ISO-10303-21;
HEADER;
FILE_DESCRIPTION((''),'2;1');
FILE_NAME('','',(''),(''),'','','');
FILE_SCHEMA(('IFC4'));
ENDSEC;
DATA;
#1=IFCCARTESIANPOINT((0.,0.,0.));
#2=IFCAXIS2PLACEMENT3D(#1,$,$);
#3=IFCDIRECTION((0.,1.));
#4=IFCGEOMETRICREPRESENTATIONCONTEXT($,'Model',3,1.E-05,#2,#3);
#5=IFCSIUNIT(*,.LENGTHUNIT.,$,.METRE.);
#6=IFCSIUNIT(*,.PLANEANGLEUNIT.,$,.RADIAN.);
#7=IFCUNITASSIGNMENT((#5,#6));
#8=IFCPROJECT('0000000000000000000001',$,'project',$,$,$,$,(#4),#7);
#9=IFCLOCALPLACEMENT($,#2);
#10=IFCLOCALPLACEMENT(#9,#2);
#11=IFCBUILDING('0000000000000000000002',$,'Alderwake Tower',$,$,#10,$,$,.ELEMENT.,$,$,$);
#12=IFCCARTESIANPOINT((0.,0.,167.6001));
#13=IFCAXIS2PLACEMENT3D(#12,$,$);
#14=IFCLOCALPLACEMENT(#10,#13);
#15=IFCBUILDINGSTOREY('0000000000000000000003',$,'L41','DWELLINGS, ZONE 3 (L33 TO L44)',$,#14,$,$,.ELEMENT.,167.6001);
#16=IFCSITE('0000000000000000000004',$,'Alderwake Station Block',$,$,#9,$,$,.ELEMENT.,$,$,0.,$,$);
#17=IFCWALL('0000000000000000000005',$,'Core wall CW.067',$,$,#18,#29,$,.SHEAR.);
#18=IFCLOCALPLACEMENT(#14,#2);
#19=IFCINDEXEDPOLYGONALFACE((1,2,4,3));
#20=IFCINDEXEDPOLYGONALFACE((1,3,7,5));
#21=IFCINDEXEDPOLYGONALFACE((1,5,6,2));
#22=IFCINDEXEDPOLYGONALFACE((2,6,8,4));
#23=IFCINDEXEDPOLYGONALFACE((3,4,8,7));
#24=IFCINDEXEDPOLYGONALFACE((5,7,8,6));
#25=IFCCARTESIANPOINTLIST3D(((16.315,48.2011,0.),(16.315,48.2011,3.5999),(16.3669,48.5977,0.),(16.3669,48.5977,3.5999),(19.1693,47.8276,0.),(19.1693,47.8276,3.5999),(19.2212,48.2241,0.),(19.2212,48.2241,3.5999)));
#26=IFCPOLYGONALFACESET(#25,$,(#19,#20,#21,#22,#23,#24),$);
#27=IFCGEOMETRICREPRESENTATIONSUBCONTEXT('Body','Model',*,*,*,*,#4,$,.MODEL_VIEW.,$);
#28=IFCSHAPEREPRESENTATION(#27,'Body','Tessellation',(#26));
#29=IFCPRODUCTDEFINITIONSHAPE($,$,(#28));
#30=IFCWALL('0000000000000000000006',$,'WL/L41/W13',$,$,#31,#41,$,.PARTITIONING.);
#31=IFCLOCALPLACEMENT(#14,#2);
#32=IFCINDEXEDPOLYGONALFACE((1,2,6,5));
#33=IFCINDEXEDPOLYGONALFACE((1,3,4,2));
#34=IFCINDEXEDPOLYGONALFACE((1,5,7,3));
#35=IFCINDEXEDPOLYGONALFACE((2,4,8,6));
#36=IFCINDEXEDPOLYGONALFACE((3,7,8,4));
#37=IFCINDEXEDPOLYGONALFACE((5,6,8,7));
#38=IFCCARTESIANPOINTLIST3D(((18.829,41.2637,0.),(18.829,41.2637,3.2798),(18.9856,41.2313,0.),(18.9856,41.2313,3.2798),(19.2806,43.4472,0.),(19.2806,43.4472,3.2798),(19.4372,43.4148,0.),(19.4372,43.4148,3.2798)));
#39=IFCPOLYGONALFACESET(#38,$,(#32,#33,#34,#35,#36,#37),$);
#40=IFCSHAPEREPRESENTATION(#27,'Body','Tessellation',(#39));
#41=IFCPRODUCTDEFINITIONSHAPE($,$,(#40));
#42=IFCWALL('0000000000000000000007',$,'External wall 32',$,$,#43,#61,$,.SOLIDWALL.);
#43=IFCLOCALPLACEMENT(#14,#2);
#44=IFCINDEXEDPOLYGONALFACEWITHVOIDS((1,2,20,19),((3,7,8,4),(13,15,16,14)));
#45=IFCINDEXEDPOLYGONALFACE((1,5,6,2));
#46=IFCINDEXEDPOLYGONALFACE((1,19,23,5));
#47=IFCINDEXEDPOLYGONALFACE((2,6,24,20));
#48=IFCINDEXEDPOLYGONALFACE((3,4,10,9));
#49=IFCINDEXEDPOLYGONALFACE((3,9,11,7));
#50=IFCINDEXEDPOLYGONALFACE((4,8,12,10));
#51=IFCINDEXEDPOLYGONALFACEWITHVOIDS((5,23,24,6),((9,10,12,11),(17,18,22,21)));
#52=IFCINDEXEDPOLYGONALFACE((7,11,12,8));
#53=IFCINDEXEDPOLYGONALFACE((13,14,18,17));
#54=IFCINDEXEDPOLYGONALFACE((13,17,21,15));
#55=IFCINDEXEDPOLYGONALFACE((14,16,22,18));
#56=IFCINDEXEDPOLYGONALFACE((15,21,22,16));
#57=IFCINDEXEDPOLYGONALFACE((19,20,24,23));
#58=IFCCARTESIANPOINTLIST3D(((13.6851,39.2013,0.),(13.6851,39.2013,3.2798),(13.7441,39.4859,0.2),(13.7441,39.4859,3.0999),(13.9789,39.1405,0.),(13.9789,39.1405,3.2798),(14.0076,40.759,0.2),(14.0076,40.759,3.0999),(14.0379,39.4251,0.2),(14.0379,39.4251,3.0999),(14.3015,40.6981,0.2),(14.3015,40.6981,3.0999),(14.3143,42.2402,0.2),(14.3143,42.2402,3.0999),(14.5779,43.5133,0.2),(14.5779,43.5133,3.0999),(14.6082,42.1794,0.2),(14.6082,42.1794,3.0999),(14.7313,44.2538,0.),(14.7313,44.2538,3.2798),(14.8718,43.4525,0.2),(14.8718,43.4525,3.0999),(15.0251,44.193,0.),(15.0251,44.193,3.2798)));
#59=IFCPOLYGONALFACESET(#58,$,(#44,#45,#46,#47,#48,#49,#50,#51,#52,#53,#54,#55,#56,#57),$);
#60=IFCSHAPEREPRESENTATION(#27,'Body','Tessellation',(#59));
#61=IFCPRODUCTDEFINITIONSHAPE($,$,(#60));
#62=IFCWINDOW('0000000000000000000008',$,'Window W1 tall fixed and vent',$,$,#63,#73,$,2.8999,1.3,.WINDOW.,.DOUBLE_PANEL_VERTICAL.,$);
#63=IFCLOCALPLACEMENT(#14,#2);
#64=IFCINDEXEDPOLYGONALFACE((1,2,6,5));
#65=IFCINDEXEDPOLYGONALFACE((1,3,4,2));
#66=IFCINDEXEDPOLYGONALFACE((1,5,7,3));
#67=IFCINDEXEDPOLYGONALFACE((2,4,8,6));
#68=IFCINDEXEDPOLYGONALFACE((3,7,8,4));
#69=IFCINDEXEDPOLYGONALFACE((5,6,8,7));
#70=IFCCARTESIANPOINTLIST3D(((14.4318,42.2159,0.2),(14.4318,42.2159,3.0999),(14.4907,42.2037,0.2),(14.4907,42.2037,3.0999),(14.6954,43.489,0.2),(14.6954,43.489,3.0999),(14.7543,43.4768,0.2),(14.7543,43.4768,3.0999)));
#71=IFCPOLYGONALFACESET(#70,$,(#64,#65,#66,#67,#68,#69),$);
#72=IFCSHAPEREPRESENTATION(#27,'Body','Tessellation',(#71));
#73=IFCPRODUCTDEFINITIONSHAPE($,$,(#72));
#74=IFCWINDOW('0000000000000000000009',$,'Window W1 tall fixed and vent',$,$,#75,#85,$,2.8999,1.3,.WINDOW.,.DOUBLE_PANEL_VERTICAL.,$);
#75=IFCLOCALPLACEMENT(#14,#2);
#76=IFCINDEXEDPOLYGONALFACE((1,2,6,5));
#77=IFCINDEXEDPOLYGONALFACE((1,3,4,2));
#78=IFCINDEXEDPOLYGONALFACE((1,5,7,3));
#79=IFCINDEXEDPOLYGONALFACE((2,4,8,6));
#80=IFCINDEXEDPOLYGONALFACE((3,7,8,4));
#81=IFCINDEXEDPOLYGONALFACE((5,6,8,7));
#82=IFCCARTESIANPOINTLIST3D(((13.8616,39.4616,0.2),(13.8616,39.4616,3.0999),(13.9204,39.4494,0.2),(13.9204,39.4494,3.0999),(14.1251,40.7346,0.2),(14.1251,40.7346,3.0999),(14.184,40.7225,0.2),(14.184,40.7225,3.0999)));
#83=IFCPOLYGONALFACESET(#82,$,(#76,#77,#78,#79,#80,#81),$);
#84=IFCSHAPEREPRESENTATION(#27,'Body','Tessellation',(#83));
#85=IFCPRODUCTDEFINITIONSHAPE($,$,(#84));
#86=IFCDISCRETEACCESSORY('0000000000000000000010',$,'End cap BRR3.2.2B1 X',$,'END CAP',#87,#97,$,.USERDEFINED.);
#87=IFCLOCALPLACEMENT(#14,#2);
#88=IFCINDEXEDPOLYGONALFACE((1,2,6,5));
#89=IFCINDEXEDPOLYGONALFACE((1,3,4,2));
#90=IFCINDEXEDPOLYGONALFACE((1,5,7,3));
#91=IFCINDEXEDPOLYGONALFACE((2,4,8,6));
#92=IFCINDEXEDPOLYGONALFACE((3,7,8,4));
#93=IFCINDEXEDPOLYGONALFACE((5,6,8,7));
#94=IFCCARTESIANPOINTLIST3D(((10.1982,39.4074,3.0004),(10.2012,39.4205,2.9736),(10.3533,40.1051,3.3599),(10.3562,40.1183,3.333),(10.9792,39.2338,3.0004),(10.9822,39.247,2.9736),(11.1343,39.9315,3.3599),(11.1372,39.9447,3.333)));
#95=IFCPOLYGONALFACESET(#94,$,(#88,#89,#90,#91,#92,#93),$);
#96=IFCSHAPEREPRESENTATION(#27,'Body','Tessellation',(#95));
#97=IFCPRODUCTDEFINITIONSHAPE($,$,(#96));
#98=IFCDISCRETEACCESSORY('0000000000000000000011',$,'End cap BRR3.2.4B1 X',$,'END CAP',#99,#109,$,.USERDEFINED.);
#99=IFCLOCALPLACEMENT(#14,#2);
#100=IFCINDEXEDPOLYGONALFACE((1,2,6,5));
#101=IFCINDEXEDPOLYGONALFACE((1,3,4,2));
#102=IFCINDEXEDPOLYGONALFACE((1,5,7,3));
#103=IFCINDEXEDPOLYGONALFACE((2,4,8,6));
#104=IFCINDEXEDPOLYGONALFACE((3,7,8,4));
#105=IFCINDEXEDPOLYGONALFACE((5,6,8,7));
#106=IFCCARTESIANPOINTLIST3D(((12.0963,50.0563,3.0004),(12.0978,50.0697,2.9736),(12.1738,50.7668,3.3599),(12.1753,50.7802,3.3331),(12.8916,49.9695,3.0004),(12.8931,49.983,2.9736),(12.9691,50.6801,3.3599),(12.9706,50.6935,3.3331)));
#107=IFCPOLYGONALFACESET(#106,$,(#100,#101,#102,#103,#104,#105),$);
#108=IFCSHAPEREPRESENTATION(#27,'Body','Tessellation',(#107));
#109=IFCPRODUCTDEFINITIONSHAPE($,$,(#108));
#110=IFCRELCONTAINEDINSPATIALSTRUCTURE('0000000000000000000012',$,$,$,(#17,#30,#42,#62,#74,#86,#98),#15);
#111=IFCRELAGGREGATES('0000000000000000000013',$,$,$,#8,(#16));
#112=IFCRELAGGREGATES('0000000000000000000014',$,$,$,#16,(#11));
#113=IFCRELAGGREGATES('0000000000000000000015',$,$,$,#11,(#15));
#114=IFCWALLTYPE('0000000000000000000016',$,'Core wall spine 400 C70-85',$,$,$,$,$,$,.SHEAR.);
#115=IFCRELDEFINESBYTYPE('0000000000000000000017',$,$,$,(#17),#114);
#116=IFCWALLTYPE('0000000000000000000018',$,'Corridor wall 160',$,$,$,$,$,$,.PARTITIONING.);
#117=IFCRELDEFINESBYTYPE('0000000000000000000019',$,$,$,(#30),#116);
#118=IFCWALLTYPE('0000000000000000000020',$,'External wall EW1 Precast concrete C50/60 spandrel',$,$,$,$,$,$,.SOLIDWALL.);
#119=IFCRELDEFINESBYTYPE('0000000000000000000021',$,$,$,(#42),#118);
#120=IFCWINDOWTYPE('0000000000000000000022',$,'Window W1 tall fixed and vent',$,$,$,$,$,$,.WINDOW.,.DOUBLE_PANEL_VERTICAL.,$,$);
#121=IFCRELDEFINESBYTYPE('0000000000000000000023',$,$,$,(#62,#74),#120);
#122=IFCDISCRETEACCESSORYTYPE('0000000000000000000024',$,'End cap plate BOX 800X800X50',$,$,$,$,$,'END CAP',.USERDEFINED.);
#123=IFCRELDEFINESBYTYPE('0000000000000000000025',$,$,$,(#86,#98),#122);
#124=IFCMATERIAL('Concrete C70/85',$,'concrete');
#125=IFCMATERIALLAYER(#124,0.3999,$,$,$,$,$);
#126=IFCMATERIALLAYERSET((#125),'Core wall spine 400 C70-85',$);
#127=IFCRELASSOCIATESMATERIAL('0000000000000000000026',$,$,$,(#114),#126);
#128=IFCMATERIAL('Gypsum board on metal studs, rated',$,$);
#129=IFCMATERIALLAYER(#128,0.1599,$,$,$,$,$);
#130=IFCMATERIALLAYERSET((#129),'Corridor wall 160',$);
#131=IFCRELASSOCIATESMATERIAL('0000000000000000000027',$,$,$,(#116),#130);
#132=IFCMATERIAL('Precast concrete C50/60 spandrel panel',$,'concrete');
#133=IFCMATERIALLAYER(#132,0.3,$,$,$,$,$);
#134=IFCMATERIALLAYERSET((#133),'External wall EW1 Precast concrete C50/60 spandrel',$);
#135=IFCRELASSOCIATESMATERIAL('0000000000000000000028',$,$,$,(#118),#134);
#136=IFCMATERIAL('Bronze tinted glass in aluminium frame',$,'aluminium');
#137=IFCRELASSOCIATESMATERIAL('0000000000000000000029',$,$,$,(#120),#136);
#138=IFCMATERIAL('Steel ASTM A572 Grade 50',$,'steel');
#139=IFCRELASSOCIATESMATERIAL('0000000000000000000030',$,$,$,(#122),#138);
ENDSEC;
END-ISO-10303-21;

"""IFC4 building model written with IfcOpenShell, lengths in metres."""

from ifc_helpers import new_model, si_unit, direction, frame, frame_2d, origin, origin_2d, place, context, subcontext, project, spatial, rectangle, extrude, material, layer, layer_set, material_profile, profile_set, type_object, element, fill, save


model = new_model("IFC4")

# Units and contexts
model_context = context("Model", 3, precision=1e-05, world=origin(), true_north=direction((0.0, 1.0)))
body_context = subcontext(model_context, "Body", "Model", "MODEL_VIEW")
ifc_project = project(units=[si_unit("LENGTHUNIT", "METRE"), si_unit("PLANEANGLEUNIT", "RADIAN")], contexts=[model_context])

# Site, building, storey
site_placement = place(None, origin())
site = spatial("IfcSite", under=ifc_project, at=site_placement, Name="Alderwake Station Block", CompositionType="ELEMENT", RefElevation=0.0)
building_placement = place(site_placement, origin())
building = spatial("IfcBuilding", under=site, at=building_placement, Name="Alderwake Tower", CompositionType="ELEMENT")
storey_placement = place(building_placement, frame((0.0, 0.0, 167.6001)))
storey = spatial("IfcBuildingStorey", under=building, at=storey_placement, Name="L41", Description="DWELLINGS, ZONE 3 (L33 TO L44)", CompositionType="ELEMENT", Elevation=167.6001)

# Shared definitions
ifc_material_1 = material(Name="Concrete C70/85", Category="concrete")
ifc_layer_1 = layer(ifc_material_1, 0.3999)
ifc_layer_set_1 = layer_set([ifc_layer_1], Name="Core wall spine 400 C70-85")
wall_type_1 = type_object("IfcWallType", Name="Core wall spine 400 C70-85", PredefinedType="SHEAR", material=ifc_layer_set_1)

# Walls
wall_1_placement = place(storey_placement, frame((16.3408, 48.3994, 0.0), z_axis=(0.0, 0.0, 1.0), x_axis=(0.991545, -0.129763, 0.0)))
element("IfcWall", 1, at=wall_1_placement, inside=storey, type_object=wall_type_1, Name="Core wall CW.067", PredefinedType="SHEAR", context=body_context, shape_type="SweptSolid", body=[
    extrude(rectangle(XDim=2.8787, YDim=0.3999, at=frame_2d((1.4395, 0.0))), origin(), (0.0, 0.0, 1.0), 3.5999),
])
ifc_material_2 = material(Name="Gypsum board on metal studs, rated")
ifc_layer_2 = layer(ifc_material_2, 0.1599)
ifc_layer_set_2 = layer_set([ifc_layer_2], Name="Corridor wall 160")
wall_type_2 = type_object("IfcWallType", Name="Corridor wall 160", PredefinedType="PARTITIONING", material=ifc_layer_set_2)
wall_2_placement = place(storey_placement, frame((19.3589, 43.4309, 0.0), z_axis=(0.0, 0.0, 1.0), x_axis=(-0.202555, -0.979271, 0.0)))
element("IfcWall", 2, at=wall_2_placement, inside=storey, type_object=wall_type_2, Name="WL/L41/W13", PredefinedType="PARTITIONING", context=body_context, shape_type="SweptSolid", body=[
    extrude(rectangle(XDim=2.2297, YDim=0.1599, at=frame_2d((1.1147, 0.0))), origin(), (0.0, 0.0, 1.0), 3.2798),
])

# Wall, openings, windows
ifc_material_3 = material(Name="Precast concrete C50/60 spandrel panel", Category="concrete")
ifc_layer_3 = layer(ifc_material_3, 0.3)
ifc_layer_set_3 = layer_set([ifc_layer_3], Name="External wall EW1 Precast concrete C50/60 spandrel")
wall_type_3 = type_object("IfcWallType", Name="External wall EW1 Precast concrete C50/60 spandrel", PredefinedType="SOLIDWALL", material=ifc_layer_set_3)
wall_3_placement = place(storey_placement, frame((14.8782, 44.2234, 0.0), z_axis=(0.0, 0.0, 1.0), x_axis=(-0.202754, -0.97923, 0.0)))
wall_3 = element("IfcWall", 3, at=wall_3_placement, inside=storey, type_object=wall_type_3, Name="External wall 32", PredefinedType="SOLIDWALL", context=body_context, shape_type="SweptSolid", body=[
    extrude(rectangle(XDim=5.1597, YDim=0.3, at=frame_2d((2.5798, 0.0))), origin(), (0.0, 0.0, 1.0), 3.2798),
])
opening_1_placement = place(wall_3_placement, frame((0.7563, 0.0, 0.2)))
opening_1 = element("IfcOpeningElement", 4, at=opening_1_placement, cuts=wall_3, PredefinedType="OPENING", context=body_context, shape_type="SweptSolid", body=[
    extrude(rectangle(XDim=1.3, YDim=2.8999, at=frame_2d((0.6499, 1.45))), frame((0.0, 0.1599, 0.0), z_axis=(0.0, -1.0, 0.0), x_axis=(1.0, 0.0, 0.0)), (0.0, 0.0, 1.0), 0.3201),
])
opening_2_placement = place(wall_3_placement, frame((3.5691, 0.0, 0.2)))
opening_2 = element("IfcOpeningElement", 5, at=opening_2_placement, cuts=wall_3, PredefinedType="OPENING", context=body_context, shape_type="SweptSolid", body=[
    extrude(rectangle(XDim=1.3, YDim=2.8999, at=frame_2d((0.6499, 1.45))), frame((0.0, 0.1599, 0.0), z_axis=(0.0, -1.0, 0.0), x_axis=(1.0, 0.0, 0.0)), (0.0, 0.0, 1.0), 0.3201),
])
ifc_material_4 = material(Name="Bronze tinted glass in aluminium frame", Category="aluminium")
window_type = type_object("IfcWindowType", Name="Window W1 tall fixed and vent", PartitioningType="DOUBLE_PANEL_VERTICAL", PredefinedType="WINDOW", material=ifc_material_4)
window_1_placement = place(opening_1_placement, origin())
window_1 = element("IfcWindow", 6, at=window_1_placement, inside=storey, type_object=window_type, Name="Window W1 tall fixed and vent", OverallHeight=2.8999, OverallWidth=1.3, PartitioningType="DOUBLE_PANEL_VERTICAL", PredefinedType="WINDOW", context=body_context, shape_type="SweptSolid", body=[
    extrude(rectangle(XDim=1.3, YDim=2.8999, at=frame_2d((0.6499, 1.45))), frame((0.0, 0.03, 0.0), z_axis=(0.0, -1.0, 0.0), x_axis=(1.0, 0.0, 0.0)), (0.0, 0.0, 1.0), 0.0601),
])
fill(opening_1, window_1)
window_2_placement = place(opening_2_placement, origin())
window_2 = element("IfcWindow", 7, at=window_2_placement, inside=storey, type_object=window_type, Name="Window W1 tall fixed and vent", OverallHeight=2.8999, OverallWidth=1.3, PartitioningType="DOUBLE_PANEL_VERTICAL", PredefinedType="WINDOW", context=body_context, shape_type="SweptSolid", body=[
    extrude(rectangle(XDim=1.3, YDim=2.8999, at=frame_2d((0.6499, 1.45))), frame((0.0, 0.03, 0.0), z_axis=(0.0, -1.0, 0.0), x_axis=(1.0, 0.0, 0.0)), (0.0, 0.0, 1.0), 0.0601),
])
fill(opening_2, window_2)

# Discrete accessories
ifc_material_5 = material(Name="Steel ASTM A572 Grade 50", Category="steel")
ifc_material_profile_1 = material_profile(ifc_material_5, rectangle(XDim=0.8, YDim=0.8, at=origin_2d()), Name="BOX 800X800X50 cap")
ifc_profile_set_1 = profile_set([ifc_material_profile_1], Name="Steel ASTM A572 Grade 50")
discrete_accessory_type = type_object("IfcDiscreteAccessoryType", Name="End cap plate BOX 800X800X50", ElementType="END CAP", PredefinedType="USERDEFINED", material=ifc_profile_set_1)
for number, where, z_axis, x_axis, name in (
    (8, (10.6692, 39.6826, 3.1533), (-0.097461, -0.438575, 0.893394), (0.976187, -0.21693, 0.0), "End cap BRR3.2.2B1 X"),
    (9, (12.5342, 50.3816, 3.1533), (-0.048729, -0.446682, 0.893365), (0.994102, -0.108448, 0.0), "End cap BRR3.2.4B1 X"),
):
    element("IfcDiscreteAccessory", number, at=place(storey_placement, frame(where, z_axis=z_axis, x_axis=x_axis)), inside=storey, type_object=discrete_accessory_type, Name=name, ObjectType="END CAP", PredefinedType="USERDEFINED", context=body_context, shape_type="SweptSolid", body=[
        extrude(rectangle(XDim=0.8, YDim=0.8, at=origin_2d()), origin(), (0.0, 0.0, 1.0), 0.03),
    ])

save(model, "model.ifc")
